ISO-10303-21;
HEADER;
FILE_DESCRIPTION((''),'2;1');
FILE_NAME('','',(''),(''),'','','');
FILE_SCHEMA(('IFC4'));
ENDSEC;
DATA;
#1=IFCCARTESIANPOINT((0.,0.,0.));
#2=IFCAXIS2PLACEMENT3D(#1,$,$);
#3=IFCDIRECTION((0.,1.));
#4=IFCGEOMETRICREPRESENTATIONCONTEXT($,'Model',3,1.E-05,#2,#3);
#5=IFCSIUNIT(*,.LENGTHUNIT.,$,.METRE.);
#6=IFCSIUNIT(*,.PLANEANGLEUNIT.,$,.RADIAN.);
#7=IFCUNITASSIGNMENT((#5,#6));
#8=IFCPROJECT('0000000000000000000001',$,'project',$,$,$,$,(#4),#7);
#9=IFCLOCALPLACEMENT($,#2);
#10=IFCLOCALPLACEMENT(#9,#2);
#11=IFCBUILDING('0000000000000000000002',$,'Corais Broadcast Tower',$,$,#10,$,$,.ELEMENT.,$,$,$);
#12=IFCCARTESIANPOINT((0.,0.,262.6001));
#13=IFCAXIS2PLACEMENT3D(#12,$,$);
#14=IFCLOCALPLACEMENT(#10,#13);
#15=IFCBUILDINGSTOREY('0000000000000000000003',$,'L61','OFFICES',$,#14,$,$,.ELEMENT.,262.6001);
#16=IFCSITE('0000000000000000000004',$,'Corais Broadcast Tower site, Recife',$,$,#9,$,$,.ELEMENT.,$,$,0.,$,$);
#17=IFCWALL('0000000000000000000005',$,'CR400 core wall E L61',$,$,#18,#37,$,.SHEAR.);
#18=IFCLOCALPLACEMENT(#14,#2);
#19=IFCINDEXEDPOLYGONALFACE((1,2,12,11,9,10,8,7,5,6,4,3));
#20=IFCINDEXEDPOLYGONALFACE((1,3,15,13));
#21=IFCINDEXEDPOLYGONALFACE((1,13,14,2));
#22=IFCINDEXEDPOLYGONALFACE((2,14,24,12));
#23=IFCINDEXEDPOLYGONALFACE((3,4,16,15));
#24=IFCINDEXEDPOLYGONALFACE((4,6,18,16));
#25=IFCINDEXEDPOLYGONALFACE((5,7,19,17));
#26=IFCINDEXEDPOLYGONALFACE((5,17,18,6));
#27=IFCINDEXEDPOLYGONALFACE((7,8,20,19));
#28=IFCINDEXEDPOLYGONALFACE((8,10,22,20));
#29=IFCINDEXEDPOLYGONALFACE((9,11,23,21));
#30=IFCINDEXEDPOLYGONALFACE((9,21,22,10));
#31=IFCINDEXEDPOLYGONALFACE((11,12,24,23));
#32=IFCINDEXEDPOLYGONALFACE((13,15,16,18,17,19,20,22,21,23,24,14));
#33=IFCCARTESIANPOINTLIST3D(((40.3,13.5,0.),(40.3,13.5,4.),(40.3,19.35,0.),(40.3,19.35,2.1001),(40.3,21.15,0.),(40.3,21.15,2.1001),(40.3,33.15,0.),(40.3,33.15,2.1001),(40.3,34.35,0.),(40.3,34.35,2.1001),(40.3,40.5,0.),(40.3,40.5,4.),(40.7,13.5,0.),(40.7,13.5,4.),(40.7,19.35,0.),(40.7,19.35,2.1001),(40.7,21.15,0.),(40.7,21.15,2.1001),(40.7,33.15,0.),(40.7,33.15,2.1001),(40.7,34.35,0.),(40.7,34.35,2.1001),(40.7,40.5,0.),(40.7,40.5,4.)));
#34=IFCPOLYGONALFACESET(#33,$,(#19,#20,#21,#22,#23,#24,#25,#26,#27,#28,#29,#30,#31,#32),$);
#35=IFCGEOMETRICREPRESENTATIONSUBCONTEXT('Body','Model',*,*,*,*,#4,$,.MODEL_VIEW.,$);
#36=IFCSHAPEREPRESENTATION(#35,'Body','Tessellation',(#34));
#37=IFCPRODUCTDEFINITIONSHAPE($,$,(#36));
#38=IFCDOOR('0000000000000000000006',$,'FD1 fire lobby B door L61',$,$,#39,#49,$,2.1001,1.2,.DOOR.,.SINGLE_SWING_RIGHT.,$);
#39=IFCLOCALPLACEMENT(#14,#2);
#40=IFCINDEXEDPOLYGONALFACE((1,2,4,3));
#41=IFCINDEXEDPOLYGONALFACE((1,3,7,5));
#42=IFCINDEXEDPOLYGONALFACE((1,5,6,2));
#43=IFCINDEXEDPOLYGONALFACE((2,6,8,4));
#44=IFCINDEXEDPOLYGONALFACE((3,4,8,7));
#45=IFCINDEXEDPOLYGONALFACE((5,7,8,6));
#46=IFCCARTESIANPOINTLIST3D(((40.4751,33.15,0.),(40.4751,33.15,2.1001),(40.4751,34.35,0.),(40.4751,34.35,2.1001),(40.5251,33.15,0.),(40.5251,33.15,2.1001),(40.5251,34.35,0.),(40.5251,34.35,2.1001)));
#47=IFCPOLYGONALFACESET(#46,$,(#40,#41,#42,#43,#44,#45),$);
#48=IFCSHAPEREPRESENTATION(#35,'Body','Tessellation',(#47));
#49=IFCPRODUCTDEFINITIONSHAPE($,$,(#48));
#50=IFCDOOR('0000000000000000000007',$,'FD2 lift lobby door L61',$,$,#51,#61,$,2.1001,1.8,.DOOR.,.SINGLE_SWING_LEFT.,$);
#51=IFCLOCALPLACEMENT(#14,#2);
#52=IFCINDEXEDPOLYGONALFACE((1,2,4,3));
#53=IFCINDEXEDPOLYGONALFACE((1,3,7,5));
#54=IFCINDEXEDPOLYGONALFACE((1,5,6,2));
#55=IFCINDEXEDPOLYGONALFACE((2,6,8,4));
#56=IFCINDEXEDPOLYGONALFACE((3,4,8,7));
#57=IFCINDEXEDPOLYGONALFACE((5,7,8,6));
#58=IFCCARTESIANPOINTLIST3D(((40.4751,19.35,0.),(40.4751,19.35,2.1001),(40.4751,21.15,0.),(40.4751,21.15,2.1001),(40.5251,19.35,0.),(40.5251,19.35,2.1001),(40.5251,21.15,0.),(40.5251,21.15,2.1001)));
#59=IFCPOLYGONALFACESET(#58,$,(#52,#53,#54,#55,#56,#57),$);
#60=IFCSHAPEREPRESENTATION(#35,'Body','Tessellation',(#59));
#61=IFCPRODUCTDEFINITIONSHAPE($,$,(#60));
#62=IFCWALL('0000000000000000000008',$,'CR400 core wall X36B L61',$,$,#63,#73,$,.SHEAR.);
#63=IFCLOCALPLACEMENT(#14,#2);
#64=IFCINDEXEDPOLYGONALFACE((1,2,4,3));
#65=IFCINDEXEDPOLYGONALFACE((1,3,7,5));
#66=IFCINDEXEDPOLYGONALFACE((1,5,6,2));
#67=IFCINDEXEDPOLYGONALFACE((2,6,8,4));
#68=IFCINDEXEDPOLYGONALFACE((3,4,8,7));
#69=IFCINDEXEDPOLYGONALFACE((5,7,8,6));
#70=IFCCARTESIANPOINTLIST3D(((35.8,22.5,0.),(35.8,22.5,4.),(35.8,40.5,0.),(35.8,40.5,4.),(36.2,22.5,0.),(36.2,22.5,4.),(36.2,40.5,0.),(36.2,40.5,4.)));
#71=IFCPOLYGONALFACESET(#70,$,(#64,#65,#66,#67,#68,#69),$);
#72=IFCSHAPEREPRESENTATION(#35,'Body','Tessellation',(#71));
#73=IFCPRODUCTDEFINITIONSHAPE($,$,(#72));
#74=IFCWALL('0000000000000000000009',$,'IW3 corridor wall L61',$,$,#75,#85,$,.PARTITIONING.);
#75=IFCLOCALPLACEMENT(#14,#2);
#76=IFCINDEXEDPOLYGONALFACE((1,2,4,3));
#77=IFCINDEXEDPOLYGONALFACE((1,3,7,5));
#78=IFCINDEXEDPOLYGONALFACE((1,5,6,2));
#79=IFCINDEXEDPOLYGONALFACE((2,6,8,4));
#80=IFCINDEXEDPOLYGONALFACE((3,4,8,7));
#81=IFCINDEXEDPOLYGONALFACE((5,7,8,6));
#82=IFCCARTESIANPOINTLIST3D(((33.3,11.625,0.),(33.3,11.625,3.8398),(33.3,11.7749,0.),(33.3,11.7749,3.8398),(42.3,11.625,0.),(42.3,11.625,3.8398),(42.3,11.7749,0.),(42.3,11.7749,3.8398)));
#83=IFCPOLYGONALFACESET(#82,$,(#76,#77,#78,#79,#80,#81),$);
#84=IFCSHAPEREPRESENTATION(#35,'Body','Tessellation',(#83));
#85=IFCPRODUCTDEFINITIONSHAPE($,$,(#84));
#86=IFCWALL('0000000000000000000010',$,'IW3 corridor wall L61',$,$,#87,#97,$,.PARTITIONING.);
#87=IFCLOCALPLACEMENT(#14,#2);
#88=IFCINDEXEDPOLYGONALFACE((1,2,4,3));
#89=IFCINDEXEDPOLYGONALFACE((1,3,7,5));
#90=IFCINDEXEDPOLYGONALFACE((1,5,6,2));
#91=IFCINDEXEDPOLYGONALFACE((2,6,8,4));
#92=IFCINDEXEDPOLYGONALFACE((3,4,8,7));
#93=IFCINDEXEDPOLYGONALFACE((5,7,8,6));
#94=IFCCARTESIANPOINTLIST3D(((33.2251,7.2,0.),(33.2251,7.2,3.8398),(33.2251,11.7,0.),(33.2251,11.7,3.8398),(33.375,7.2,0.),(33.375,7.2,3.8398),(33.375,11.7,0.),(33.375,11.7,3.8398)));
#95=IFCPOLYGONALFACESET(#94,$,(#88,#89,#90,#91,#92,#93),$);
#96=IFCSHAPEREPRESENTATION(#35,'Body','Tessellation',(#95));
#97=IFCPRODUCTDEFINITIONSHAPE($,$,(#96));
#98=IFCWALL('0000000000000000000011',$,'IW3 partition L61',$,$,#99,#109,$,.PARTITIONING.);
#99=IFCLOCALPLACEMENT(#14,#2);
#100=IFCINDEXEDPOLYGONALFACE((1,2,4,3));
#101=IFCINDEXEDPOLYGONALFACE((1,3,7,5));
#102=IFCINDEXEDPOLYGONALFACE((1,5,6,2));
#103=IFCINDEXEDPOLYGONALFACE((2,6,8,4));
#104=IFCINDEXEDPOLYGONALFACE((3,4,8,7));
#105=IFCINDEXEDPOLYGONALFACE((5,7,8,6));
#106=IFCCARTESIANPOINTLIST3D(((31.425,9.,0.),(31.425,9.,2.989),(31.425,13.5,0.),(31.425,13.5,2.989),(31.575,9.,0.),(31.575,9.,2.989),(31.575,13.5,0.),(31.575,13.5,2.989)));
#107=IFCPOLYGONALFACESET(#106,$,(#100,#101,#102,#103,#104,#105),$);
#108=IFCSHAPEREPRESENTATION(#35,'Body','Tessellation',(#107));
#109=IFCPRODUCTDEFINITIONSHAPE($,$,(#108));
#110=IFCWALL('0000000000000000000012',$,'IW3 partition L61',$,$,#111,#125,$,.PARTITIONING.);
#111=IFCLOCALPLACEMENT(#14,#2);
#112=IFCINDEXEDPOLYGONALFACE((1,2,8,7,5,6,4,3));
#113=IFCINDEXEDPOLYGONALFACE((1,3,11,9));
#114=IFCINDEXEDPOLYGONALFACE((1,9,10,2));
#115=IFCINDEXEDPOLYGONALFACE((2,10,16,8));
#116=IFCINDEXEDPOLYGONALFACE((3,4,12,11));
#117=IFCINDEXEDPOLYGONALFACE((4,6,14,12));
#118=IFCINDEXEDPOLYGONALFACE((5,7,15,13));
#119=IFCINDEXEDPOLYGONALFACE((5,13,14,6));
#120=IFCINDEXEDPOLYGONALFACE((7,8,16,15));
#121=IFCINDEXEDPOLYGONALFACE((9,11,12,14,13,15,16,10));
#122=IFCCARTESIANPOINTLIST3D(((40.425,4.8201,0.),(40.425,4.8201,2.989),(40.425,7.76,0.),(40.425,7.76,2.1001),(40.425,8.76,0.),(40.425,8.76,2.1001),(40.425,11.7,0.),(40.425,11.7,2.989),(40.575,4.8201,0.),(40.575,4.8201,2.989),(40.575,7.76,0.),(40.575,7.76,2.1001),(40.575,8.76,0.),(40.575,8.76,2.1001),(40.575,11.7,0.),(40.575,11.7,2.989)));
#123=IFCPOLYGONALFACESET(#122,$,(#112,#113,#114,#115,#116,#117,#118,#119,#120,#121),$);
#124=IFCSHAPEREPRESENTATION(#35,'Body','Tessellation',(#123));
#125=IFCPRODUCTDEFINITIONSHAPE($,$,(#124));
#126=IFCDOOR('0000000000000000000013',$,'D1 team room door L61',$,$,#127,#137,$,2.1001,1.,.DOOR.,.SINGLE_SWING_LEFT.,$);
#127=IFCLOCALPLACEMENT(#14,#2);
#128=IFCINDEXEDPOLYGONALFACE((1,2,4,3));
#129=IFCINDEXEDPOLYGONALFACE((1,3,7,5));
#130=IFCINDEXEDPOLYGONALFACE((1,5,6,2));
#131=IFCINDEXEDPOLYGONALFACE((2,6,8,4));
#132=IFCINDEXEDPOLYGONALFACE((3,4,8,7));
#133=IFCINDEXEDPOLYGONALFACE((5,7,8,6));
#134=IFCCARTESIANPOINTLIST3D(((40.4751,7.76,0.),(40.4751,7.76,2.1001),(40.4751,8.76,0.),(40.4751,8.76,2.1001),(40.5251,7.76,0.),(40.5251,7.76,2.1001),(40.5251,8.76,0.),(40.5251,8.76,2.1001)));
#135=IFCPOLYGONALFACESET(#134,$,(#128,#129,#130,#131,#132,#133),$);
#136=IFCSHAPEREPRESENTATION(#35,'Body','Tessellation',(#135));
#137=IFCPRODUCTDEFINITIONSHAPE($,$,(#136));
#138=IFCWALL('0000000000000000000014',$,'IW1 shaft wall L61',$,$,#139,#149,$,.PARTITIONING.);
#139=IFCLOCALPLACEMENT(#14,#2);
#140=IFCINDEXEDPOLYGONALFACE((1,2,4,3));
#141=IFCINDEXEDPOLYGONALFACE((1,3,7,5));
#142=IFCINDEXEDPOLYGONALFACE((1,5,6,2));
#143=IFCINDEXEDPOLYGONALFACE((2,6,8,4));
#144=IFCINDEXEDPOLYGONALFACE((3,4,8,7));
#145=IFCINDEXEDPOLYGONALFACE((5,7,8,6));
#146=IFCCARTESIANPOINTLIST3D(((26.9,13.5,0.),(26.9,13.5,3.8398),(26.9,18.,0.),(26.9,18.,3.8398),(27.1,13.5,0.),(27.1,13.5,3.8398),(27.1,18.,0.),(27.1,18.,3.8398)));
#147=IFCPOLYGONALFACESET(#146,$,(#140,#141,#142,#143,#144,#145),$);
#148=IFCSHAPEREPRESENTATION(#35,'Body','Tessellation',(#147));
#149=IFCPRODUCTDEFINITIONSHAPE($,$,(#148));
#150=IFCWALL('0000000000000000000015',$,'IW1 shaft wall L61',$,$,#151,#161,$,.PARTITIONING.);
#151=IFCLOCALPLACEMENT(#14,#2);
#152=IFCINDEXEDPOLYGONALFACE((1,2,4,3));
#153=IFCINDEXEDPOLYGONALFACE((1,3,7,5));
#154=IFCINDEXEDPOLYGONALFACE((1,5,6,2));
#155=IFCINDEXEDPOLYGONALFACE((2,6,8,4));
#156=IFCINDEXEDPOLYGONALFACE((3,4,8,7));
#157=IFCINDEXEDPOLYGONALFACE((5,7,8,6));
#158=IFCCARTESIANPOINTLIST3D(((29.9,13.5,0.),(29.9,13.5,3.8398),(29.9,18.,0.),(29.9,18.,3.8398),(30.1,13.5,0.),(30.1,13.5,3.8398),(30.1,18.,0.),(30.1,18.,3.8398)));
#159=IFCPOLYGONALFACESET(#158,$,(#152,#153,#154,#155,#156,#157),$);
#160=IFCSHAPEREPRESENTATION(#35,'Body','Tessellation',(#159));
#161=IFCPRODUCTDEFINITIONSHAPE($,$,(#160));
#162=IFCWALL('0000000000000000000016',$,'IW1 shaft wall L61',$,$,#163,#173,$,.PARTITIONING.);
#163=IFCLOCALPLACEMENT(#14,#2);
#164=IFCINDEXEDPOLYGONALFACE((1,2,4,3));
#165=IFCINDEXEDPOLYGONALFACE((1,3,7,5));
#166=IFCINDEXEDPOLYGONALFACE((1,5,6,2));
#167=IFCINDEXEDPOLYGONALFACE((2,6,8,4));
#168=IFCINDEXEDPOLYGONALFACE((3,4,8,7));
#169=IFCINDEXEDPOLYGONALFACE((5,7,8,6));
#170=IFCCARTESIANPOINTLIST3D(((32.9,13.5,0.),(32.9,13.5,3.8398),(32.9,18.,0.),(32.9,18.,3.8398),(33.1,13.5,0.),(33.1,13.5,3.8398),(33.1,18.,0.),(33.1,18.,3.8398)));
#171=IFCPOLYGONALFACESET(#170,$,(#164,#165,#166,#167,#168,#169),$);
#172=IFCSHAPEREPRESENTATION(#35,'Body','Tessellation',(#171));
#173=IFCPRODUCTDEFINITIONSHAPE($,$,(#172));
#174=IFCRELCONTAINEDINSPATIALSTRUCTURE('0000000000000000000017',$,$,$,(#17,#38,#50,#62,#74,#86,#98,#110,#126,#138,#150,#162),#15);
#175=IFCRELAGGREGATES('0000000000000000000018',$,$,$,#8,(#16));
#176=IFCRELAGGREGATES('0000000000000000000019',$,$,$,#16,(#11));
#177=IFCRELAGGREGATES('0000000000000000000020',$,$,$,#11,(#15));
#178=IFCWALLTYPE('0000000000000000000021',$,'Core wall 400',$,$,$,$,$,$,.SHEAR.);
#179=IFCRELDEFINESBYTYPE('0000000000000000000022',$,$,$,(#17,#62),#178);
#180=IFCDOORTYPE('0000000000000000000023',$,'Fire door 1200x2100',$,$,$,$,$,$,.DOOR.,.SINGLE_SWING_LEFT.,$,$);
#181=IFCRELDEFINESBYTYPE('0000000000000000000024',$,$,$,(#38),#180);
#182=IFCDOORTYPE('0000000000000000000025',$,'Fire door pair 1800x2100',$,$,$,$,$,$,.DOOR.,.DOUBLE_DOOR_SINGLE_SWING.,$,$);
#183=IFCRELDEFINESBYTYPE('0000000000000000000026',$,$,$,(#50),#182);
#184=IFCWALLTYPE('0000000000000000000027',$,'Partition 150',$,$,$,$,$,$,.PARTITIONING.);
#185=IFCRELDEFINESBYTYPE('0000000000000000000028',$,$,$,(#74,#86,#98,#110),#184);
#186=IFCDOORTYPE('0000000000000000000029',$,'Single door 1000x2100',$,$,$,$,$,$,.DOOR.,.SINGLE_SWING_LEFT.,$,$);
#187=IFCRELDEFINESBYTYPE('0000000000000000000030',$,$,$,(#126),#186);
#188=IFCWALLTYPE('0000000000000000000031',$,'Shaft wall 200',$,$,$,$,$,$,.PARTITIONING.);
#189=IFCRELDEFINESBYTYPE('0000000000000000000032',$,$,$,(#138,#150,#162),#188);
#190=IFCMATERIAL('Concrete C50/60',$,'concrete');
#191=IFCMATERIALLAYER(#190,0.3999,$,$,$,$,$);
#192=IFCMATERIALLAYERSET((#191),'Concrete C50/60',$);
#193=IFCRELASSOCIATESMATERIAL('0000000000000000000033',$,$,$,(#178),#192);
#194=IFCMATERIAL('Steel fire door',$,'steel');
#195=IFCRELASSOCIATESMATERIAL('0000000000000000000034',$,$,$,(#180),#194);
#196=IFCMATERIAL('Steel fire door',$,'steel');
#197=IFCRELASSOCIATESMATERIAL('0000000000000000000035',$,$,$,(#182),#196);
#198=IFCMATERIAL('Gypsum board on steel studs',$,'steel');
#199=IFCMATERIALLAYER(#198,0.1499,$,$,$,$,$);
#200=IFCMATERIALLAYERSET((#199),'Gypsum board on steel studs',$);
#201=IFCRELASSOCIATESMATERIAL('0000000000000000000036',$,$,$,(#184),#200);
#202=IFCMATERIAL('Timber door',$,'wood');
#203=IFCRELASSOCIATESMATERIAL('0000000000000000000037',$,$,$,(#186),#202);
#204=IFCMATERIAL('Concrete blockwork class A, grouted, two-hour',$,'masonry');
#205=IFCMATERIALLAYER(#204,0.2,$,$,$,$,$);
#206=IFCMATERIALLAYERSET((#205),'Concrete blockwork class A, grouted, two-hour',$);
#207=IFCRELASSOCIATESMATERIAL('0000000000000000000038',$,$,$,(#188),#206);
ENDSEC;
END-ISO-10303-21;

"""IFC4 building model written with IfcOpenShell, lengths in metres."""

from ifc_helpers import new_model, si_unit, direction, frame, frame_2d, origin, place, context, subcontext, project, spatial, rectangle, extrude, material, layer, layer_set, type_object, element, fill, save


model = new_model("IFC4")

# Units and contexts
model_context = context("Model", 3, precision=1e-05, world=origin(), true_north=direction((0.0, 1.0)))
body_context = subcontext(model_context, "Body", "Model", "MODEL_VIEW")
ifc_project = project(units=[si_unit("LENGTHUNIT", "METRE"), si_unit("PLANEANGLEUNIT", "RADIAN")], contexts=[model_context])

# Site, building, storey
site_placement = place(None, origin())
site = spatial("IfcSite", under=ifc_project, at=site_placement, Name="Corais Broadcast Tower site, Recife", CompositionType="ELEMENT", RefElevation=0.0)
building_placement = place(site_placement, origin())
building = spatial("IfcBuilding", under=site, at=building_placement, Name="Corais Broadcast Tower", CompositionType="ELEMENT")
storey_placement = place(building_placement, frame((0.0, 0.0, 262.6001)))
storey = spatial("IfcBuildingStorey", under=building, at=storey_placement, Name="L61", Description="OFFICES", CompositionType="ELEMENT", Elevation=262.6001)

# Wall, openings, doors
ifc_material_1 = material(Name="Concrete C50/60", Category="concrete")
ifc_layer_1 = layer(ifc_material_1, 0.3999)
ifc_layer_set_1 = layer_set([ifc_layer_1], Name="Concrete C50/60")
wall_type_1 = type_object("IfcWallType", Name="Core wall 400", PredefinedType="SHEAR", material=ifc_layer_set_1)
wall_1_placement = place(storey_placement, frame((40.5, 13.5, 0.0), z_axis=(0.0, 0.0, 1.0), x_axis=(0.0, 1.0, 0.0)))
wall_1 = element("IfcWall", 1, at=wall_1_placement, inside=storey, type_object=wall_type_1, Name="CR400 core wall E L61", PredefinedType="SHEAR", context=body_context, shape_type="SweptSolid", body=[
    extrude(rectangle(XDim=27.0, YDim=0.3999, at=frame_2d((13.5, 0.0))), origin(), (0.0, 0.0, 1.0), 4.0),
])
opening_1_placement = place(wall_1_placement, frame((5.8501, 0.0, 0.0)))
opening_1 = element("IfcOpeningElement", 2, at=opening_1_placement, cuts=wall_1, PredefinedType="OPENING", context=body_context, shape_type="SweptSolid", body=[
    extrude(rectangle(XDim=1.8, YDim=2.1001, at=frame_2d((0.8999, 1.05))), frame((0.0, 0.21, 0.0), z_axis=(0.0, -1.0, 0.0), x_axis=(1.0, 0.0, 0.0)), (0.0, 0.0, 1.0), 0.4199),
])
opening_2_placement = place(wall_1_placement, frame((19.6499, 0.0, 0.0)))
opening_2 = element("IfcOpeningElement", 3, at=opening_2_placement, cuts=wall_1, PredefinedType="OPENING", context=body_context, shape_type="SweptSolid", body=[
    extrude(rectangle(XDim=1.2, YDim=2.1001, at=frame_2d((0.6001, 1.05))), frame((0.0, 0.21, 0.0), z_axis=(0.0, -1.0, 0.0), x_axis=(1.0, 0.0, 0.0)), (0.0, 0.0, 1.0), 0.4199),
])
ifc_material_2 = material(Name="Steel fire door", Category="steel")
door_type_1 = type_object("IfcDoorType", Name="Fire door 1200x2100", OperationType="SINGLE_SWING_LEFT", PredefinedType="DOOR", material=ifc_material_2)
door_1_placement = place(opening_2_placement, origin())
door_1 = element("IfcDoor", 4, at=door_1_placement, inside=storey, type_object=door_type_1, Name="FD1 fire lobby B door L61", OperationType="SINGLE_SWING_RIGHT", OverallHeight=2.1001, OverallWidth=1.2, PredefinedType="DOOR", context=body_context, shape_type="SweptSolid", body=[
    extrude(rectangle(XDim=1.2, YDim=2.1001, at=frame_2d((0.6001, 1.05))), frame((0.0, 0.0249, 0.0), z_axis=(0.0, -1.0, 0.0), x_axis=(1.0, 0.0, 0.0)), (0.0, 0.0, 1.0), 0.05),
])
fill(opening_2, door_1)
ifc_material_3 = material(Name="Steel fire door", Category="steel")
door_type_2 = type_object("IfcDoorType", Name="Fire door pair 1800x2100", OperationType="DOUBLE_DOOR_SINGLE_SWING", PredefinedType="DOOR", material=ifc_material_3)
door_2_placement = place(opening_1_placement, origin())
door_2 = element("IfcDoor", 5, at=door_2_placement, inside=storey, type_object=door_type_2, Name="FD2 lift lobby door L61", OperationType="SINGLE_SWING_LEFT", OverallHeight=2.1001, OverallWidth=1.8, PredefinedType="DOOR", context=body_context, shape_type="SweptSolid", body=[
    extrude(rectangle(XDim=1.8, YDim=2.1001, at=frame_2d((0.8999, 1.05))), frame((0.0, 0.0249, 0.0), z_axis=(0.0, -1.0, 0.0), x_axis=(1.0, 0.0, 0.0)), (0.0, 0.0, 1.0), 0.05),
])
fill(opening_1, door_2)

# Walls
wall_2_placement = place(storey_placement, frame((36.0, 22.5, 0.0), z_axis=(0.0, 0.0, 1.0), x_axis=(0.0, 1.0, 0.0)))
element("IfcWall", 6, at=wall_2_placement, inside=storey, type_object=wall_type_1, Name="CR400 core wall X36B L61", PredefinedType="SHEAR", context=body_context, shape_type="SweptSolid", body=[
    extrude(rectangle(XDim=18.0, YDim=0.3999, at=frame_2d((9.0, 0.0))), origin(), (0.0, 0.0, 1.0), 4.0),
])
ifc_material_4 = material(Name="Gypsum board on steel studs", Category="steel")
ifc_layer_2 = layer(ifc_material_4, 0.1499)
ifc_layer_set_2 = layer_set([ifc_layer_2], Name="Gypsum board on steel studs")
wall_type_2 = type_object("IfcWallType", Name="Partition 150", PredefinedType="PARTITIONING", material=ifc_layer_set_2)
wall_3_placement = place(storey_placement, frame((33.3, 11.7, 0.0), z_axis=(0.0, 0.0, 1.0), x_axis=(1.0, 0.0, 0.0)))
element("IfcWall", 7, at=wall_3_placement, inside=storey, type_object=wall_type_2, Name="IW3 corridor wall L61", PredefinedType="PARTITIONING", context=body_context, shape_type="SweptSolid", body=[
    extrude(rectangle(XDim=9.0, YDim=0.1499, at=frame_2d((4.5, 0.0))), origin(), (0.0, 0.0, 1.0), 3.8398),
])
wall_4_placement = place(storey_placement, frame((33.3, 7.2, 0.0), z_axis=(0.0, 0.0, 1.0), x_axis=(0.0, 1.0, 0.0)))
element("IfcWall", 8, at=wall_4_placement, inside=storey, type_object=wall_type_2, Name="IW3 corridor wall L61", PredefinedType="PARTITIONING", context=body_context, shape_type="SweptSolid", body=[
    extrude(rectangle(XDim=4.5, YDim=0.1499, at=frame_2d((2.25, 0.0))), origin(), (0.0, 0.0, 1.0), 3.8398),
])
wall_5_placement = place(storey_placement, frame((31.5, 9.0, 0.0), z_axis=(0.0, 0.0, 1.0), x_axis=(0.0, 1.0, 0.0)))
element("IfcWall", 9, at=wall_5_placement, inside=storey, type_object=wall_type_2, Name="IW3 partition L61", PredefinedType="PARTITIONING", context=body_context, shape_type="SweptSolid", body=[
    extrude(rectangle(XDim=4.5, YDim=0.1499, at=frame_2d((2.25, 0.0))), origin(), (0.0, 0.0, 1.0), 2.989),
])

# Wall, opening, door
wall_6_placement = place(storey_placement, frame((40.5, 4.8201, 0.0), z_axis=(0.0, 0.0, 1.0), x_axis=(0.0, 1.0, 0.0)))
wall_6 = element("IfcWall", 10, at=wall_6_placement, inside=storey, type_object=wall_type_2, Name="IW3 partition L61", PredefinedType="PARTITIONING", context=body_context, shape_type="SweptSolid", body=[
    extrude(rectangle(XDim=6.8799, YDim=0.1499, at=frame_2d((3.4399, 0.0))), origin(), (0.0, 0.0, 1.0), 2.989),
])
opening_3_placement = place(wall_6_placement, frame((2.9399, 0.0, 0.0)))
opening_3 = element("IfcOpeningElement", 11, at=opening_3_placement, cuts=wall_6, PredefinedType="OPENING", context=body_context, shape_type="SweptSolid", body=[
    extrude(rectangle(XDim=1.0, YDim=2.1001, at=frame_2d((0.5, 1.05))), frame((0.0, 0.085, 0.0), z_axis=(0.0, -1.0, 0.0), x_axis=(1.0, 0.0, 0.0)), (0.0, 0.0, 1.0), 0.1699),
])
ifc_material_5 = material(Name="Timber door", Category="wood")
door_type_3 = type_object("IfcDoorType", Name="Single door 1000x2100", OperationType="SINGLE_SWING_LEFT", PredefinedType="DOOR", material=ifc_material_5)
door_3_placement = place(opening_3_placement, origin())
door_3 = element("IfcDoor", 12, at=door_3_placement, inside=storey, type_object=door_type_3, Name="D1 team room door L61", OperationType="SINGLE_SWING_LEFT", OverallHeight=2.1001, OverallWidth=1.0, PredefinedType="DOOR", context=body_context, shape_type="SweptSolid", body=[
    extrude(rectangle(XDim=1.0, YDim=2.1001, at=frame_2d((0.5, 1.05))), frame((0.0, 0.0249, 0.0), z_axis=(0.0, -1.0, 0.0), x_axis=(1.0, 0.0, 0.0)), (0.0, 0.0, 1.0), 0.05),
])
fill(opening_3, door_3)

# Walls
ifc_material_6 = material(Name="Concrete blockwork class A, grouted, two-hour", Category="masonry")
ifc_layer_3 = layer(ifc_material_6, 0.2)
ifc_layer_set_3 = layer_set([ifc_layer_3], Name="Concrete blockwork class A, grouted, two-hour")
wall_type_3 = type_object("IfcWallType", Name="Shaft wall 200", PredefinedType="PARTITIONING", material=ifc_layer_set_3)
for number, where, z_axis, x_axis, name in (
    (13, (27.0, 13.5, 0.0), (0.0, 0.0, 1.0), (0.0, 1.0, 0.0), "IW1 shaft wall L61"),
    (14, (30.0, 13.5, 0.0), (0.0, 0.0, 1.0), (0.0, 1.0, 0.0), "IW1 shaft wall L61"),
    (15, (33.0, 13.5, 0.0), (0.0, 0.0, 1.0), (0.0, 1.0, 0.0), "IW1 shaft wall L61"),
):
    element("IfcWall", number, at=place(storey_placement, frame(where, z_axis=z_axis, x_axis=x_axis)), inside=storey, type_object=wall_type_3, Name=name, PredefinedType="PARTITIONING", context=body_context, shape_type="SweptSolid", body=[
        extrude(rectangle(XDim=4.5, YDim=0.2, at=frame_2d((2.25, 0.0))), origin(), (0.0, 0.0, 1.0), 3.8398),
    ])

save(model, "model.ifc")
